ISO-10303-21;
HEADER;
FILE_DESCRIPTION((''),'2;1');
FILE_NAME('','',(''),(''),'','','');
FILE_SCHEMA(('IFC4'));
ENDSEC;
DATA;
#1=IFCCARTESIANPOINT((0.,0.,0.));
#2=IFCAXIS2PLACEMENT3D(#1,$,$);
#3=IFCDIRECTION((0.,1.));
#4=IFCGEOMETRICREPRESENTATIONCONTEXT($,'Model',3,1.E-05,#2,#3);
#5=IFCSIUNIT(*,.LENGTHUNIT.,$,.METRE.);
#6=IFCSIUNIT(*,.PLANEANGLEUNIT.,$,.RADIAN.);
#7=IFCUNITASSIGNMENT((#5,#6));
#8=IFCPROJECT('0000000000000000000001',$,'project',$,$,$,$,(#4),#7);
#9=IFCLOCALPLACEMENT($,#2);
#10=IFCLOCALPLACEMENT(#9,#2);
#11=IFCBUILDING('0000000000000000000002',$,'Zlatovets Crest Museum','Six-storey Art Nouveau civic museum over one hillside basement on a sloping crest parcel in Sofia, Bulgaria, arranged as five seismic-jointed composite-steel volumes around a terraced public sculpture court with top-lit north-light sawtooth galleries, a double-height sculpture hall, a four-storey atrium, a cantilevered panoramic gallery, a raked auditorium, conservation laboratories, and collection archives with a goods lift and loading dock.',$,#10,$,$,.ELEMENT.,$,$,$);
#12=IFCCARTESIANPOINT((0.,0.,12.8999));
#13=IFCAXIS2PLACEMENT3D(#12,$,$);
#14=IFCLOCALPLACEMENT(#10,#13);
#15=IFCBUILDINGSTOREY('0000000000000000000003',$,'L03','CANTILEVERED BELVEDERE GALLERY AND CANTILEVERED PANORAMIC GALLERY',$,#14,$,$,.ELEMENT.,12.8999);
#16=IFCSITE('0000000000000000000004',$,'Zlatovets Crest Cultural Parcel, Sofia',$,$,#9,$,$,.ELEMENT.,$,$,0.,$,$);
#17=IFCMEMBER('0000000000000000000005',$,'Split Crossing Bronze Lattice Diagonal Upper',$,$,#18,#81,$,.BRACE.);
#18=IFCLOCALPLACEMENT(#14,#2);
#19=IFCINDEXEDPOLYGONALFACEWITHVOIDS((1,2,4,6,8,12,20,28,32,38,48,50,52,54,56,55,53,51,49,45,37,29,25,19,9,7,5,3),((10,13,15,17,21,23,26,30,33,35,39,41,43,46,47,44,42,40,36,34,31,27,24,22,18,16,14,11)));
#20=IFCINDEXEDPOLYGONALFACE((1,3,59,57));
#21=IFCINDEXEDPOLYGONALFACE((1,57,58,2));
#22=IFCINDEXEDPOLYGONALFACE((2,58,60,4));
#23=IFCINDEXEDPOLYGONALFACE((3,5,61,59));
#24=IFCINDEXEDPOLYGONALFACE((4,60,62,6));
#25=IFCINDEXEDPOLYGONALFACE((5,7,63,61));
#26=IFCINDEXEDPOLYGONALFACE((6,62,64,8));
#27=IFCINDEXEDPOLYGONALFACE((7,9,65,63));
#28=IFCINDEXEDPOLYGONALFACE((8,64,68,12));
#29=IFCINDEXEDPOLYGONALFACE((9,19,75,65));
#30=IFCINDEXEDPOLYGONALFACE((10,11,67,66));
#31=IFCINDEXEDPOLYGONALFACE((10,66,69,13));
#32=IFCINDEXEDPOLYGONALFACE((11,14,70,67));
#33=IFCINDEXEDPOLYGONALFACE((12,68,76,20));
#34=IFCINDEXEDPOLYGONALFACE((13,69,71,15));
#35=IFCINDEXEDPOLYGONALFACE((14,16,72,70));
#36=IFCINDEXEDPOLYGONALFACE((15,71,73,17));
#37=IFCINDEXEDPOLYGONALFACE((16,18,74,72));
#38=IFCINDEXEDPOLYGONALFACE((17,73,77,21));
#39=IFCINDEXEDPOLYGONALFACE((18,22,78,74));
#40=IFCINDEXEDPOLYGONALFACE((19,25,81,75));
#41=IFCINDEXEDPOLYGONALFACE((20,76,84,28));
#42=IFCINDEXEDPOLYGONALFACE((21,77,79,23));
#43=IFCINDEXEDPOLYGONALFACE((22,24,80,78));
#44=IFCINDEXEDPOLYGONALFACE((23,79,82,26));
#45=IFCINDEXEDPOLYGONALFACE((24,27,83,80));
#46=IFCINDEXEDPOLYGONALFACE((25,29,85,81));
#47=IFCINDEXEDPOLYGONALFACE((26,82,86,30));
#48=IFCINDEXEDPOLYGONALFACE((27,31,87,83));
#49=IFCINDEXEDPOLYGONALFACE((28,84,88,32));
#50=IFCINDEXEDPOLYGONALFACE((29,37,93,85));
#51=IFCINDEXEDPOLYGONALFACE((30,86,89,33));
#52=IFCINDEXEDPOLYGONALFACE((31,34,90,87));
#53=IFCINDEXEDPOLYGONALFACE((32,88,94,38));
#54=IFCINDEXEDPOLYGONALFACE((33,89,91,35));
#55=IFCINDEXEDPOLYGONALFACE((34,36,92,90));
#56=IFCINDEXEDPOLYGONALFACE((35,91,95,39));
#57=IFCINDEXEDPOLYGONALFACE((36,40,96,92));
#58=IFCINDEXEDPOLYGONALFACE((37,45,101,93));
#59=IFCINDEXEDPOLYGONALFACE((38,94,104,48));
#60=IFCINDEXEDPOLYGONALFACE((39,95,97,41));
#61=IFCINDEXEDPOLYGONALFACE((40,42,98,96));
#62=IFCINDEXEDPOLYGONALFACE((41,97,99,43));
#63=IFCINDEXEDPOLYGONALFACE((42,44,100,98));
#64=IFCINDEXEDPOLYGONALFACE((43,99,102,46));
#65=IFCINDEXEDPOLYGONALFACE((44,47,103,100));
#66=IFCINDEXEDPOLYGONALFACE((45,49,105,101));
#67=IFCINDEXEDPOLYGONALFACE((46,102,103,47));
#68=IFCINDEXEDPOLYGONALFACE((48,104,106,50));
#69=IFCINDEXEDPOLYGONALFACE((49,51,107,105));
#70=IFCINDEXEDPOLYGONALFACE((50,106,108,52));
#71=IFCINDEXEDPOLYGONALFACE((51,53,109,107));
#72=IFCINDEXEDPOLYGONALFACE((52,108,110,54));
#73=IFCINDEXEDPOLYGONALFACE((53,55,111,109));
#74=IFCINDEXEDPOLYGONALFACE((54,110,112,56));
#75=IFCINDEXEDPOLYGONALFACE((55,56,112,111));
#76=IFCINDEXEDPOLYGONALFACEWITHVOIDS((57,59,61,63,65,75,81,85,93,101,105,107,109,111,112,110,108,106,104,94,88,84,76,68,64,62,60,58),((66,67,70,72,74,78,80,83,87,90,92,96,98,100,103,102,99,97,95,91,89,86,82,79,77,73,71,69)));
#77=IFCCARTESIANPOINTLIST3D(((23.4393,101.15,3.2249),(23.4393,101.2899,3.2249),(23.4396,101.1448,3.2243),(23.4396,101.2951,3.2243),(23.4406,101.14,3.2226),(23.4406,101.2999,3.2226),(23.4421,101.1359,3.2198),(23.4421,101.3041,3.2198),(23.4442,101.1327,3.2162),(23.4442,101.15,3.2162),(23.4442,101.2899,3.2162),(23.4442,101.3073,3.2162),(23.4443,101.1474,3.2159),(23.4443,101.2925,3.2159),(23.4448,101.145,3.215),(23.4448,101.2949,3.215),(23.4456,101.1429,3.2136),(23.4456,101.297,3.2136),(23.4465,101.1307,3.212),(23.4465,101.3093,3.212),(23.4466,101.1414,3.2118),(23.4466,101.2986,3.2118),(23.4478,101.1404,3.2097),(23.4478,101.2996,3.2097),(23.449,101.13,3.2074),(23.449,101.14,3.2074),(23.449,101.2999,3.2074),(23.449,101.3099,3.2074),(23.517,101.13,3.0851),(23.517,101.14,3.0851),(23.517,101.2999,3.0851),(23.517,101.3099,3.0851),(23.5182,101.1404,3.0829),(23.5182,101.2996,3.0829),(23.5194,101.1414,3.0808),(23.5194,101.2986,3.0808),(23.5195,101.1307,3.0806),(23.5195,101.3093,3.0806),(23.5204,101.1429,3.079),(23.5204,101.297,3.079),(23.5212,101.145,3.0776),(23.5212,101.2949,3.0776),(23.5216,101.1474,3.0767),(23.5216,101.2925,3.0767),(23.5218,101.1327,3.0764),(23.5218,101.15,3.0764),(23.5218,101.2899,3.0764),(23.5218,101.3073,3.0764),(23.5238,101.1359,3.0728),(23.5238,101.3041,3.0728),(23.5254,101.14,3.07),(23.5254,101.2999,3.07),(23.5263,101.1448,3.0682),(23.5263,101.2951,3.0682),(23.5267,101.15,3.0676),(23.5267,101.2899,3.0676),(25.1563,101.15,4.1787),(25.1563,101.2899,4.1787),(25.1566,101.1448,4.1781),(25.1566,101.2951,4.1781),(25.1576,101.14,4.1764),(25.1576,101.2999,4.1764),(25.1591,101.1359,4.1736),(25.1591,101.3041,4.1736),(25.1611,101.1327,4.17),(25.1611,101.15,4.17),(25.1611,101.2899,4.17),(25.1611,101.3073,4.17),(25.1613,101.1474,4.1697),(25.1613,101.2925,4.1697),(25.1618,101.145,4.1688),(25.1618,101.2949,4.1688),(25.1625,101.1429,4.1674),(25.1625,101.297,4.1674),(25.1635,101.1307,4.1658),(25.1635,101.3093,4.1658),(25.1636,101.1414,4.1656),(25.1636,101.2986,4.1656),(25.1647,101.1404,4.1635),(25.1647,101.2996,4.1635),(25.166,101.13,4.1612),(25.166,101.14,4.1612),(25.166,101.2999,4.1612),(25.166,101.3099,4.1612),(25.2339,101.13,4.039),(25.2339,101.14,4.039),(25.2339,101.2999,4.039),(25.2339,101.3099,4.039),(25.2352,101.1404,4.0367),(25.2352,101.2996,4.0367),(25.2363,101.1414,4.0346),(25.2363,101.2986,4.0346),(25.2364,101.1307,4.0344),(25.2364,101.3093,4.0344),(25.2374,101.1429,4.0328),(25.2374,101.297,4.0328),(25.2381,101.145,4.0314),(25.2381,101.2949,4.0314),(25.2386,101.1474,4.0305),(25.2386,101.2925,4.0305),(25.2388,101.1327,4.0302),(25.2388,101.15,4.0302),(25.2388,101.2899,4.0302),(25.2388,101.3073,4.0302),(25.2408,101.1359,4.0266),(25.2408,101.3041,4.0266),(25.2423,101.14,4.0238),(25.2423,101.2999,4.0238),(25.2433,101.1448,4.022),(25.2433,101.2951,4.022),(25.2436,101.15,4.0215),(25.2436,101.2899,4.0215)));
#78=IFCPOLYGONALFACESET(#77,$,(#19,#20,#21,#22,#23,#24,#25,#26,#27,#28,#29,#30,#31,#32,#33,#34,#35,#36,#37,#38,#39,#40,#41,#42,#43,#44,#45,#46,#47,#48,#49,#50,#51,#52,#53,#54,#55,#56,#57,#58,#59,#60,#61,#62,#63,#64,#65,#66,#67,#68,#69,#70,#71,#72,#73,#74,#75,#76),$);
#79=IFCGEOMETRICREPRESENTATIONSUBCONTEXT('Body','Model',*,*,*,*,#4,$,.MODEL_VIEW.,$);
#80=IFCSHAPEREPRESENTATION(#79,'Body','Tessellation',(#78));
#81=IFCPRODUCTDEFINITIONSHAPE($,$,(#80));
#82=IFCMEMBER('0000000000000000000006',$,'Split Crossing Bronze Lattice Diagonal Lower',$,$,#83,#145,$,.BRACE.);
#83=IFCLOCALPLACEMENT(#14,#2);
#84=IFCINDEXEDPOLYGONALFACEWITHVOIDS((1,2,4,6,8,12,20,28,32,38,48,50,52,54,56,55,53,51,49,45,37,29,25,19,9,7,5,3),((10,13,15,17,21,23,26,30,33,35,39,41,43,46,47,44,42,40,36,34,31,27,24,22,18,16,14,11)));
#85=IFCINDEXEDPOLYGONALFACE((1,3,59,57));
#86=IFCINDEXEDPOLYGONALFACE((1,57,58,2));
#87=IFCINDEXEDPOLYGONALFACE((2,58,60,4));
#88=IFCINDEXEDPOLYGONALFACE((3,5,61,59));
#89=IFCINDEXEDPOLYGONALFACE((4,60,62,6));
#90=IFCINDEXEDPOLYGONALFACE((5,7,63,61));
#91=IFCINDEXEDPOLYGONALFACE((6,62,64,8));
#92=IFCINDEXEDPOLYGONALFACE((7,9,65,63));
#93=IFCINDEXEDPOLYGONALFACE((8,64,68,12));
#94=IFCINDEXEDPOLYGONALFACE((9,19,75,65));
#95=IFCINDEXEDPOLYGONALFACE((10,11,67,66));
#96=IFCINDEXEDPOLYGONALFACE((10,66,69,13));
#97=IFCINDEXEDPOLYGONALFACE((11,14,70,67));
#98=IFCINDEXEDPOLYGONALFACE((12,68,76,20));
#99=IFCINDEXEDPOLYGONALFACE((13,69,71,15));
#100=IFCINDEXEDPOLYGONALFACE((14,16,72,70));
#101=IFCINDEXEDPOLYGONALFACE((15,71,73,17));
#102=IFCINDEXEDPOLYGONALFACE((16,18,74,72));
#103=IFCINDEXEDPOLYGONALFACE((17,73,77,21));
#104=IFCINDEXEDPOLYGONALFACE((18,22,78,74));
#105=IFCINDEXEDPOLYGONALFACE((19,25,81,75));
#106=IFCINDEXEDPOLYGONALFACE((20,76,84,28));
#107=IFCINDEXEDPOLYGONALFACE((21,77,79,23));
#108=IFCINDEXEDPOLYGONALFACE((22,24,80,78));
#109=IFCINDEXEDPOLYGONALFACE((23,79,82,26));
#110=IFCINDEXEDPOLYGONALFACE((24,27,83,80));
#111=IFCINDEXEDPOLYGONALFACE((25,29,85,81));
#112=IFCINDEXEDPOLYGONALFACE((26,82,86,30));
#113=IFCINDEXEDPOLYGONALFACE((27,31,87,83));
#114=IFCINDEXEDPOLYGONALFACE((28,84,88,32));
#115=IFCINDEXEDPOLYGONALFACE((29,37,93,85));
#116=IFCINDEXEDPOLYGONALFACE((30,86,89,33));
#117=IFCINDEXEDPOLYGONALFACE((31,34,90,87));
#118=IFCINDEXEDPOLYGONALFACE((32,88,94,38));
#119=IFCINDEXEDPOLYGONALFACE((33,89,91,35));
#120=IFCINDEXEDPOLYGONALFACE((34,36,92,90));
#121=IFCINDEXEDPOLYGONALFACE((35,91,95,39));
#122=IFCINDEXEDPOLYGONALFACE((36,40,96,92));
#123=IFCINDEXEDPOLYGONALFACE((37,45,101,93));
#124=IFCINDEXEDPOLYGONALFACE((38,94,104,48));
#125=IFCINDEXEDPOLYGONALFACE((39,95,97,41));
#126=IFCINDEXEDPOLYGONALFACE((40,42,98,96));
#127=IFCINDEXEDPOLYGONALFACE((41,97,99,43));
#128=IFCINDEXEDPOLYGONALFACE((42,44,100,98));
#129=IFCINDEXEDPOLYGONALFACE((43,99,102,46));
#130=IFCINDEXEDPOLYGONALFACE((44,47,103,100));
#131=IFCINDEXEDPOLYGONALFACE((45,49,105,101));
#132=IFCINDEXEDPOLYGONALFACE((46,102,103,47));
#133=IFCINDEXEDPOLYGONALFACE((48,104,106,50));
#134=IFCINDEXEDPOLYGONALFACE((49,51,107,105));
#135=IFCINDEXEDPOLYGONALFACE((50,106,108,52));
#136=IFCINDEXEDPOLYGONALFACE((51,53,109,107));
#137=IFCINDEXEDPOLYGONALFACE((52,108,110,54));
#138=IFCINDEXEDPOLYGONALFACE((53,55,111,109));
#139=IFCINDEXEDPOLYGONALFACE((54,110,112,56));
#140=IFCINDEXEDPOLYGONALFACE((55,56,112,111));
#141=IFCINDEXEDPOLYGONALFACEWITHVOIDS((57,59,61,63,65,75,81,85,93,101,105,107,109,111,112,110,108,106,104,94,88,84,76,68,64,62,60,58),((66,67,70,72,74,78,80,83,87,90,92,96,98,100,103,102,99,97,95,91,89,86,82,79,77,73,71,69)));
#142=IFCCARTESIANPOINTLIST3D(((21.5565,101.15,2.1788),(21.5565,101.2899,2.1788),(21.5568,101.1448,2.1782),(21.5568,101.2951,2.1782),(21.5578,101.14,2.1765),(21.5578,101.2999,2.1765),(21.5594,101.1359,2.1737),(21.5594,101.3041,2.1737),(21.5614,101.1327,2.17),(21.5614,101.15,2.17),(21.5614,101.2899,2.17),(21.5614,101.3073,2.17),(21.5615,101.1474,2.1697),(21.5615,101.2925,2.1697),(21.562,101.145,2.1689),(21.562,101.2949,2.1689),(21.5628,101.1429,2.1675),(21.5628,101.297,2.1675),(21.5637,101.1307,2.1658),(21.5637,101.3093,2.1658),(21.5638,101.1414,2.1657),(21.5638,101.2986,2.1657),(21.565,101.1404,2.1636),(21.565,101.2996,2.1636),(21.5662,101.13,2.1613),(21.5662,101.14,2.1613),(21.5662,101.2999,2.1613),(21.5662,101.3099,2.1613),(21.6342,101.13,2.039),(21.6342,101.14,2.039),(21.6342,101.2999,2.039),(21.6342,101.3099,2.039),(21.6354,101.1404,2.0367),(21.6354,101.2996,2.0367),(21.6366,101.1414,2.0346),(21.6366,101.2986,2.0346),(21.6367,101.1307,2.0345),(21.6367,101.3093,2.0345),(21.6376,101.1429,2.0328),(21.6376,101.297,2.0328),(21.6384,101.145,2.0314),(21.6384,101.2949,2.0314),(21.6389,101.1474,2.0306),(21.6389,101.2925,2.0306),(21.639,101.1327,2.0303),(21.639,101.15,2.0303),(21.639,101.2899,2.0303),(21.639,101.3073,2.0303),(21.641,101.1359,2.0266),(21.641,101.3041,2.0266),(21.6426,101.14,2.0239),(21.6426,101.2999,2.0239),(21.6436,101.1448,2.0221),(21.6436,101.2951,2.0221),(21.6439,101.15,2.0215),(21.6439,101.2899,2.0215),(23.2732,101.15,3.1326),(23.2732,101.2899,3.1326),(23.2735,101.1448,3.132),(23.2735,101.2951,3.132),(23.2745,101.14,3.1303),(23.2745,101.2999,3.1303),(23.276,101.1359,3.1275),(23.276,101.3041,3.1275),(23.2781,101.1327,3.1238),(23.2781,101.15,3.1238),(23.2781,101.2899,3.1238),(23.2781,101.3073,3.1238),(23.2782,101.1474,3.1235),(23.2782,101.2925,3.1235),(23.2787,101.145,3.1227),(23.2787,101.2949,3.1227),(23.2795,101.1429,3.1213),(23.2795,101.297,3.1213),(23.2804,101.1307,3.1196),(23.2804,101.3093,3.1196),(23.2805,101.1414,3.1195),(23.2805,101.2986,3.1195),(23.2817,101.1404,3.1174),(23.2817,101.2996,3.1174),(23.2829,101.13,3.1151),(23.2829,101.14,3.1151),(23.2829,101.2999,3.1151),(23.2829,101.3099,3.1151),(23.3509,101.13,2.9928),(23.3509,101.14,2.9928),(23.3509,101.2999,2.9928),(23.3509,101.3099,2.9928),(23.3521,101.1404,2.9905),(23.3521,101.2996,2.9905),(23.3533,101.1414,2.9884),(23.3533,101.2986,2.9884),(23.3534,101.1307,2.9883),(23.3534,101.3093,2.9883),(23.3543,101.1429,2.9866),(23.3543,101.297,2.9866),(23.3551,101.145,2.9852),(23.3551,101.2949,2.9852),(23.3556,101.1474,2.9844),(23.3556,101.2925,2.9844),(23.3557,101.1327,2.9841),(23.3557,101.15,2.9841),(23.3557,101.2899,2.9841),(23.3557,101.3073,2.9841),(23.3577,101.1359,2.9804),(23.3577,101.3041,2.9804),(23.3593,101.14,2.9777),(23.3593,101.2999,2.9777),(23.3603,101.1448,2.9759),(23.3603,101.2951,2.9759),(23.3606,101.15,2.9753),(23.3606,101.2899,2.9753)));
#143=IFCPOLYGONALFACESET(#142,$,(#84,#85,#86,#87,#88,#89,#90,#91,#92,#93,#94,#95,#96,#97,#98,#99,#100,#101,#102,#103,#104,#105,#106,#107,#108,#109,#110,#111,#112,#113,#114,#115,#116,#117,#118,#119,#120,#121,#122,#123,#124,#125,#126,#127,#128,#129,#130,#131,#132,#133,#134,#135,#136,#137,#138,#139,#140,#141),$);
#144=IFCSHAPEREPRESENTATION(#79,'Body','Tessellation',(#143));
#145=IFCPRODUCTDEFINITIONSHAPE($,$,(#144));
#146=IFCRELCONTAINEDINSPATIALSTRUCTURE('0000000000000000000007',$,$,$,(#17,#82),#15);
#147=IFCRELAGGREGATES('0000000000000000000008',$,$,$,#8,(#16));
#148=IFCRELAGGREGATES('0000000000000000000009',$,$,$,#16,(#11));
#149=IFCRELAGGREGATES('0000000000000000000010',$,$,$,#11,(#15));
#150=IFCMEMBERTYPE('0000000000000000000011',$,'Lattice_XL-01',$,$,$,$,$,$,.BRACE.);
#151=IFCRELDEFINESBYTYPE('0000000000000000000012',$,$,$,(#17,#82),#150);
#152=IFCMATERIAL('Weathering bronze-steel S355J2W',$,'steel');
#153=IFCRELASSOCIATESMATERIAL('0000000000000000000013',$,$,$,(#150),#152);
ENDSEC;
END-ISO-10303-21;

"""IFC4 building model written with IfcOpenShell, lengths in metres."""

from ifc_helpers import new_model, si_unit, direction, frame, origin, origin_2d, place, context, subcontext, project, spatial, hollow_rectangle, extrude, material, material_profile, profile_set, type_object, element, save


model = new_model("IFC4")

# Units and contexts
model_context = context("Model", 3, precision=1e-05, world=origin(), true_north=direction((0.0, 1.0)))
body_context = subcontext(model_context, "Body", "Model", "MODEL_VIEW")
ifc_project = project(units=[si_unit("LENGTHUNIT", "METRE"), si_unit("PLANEANGLEUNIT", "RADIAN")], contexts=[model_context])

# Site, building, storey
site_placement = place(None, origin())
site = spatial("IfcSite", under=ifc_project, at=site_placement, Name="Zlatovets Crest Cultural Parcel, Sofia", CompositionType="ELEMENT", RefElevation=0.0)
building_placement = place(site_placement, origin())
building = spatial("IfcBuilding", under=site, at=building_placement, Name="Zlatovets Crest Museum", Description="Six-storey Art Nouveau civic museum over one hillside basement on a sloping crest parcel in Sofia, Bulgaria, arranged as five seismic-jointed composite-steel volumes around a terraced public sculpture court with top-lit north-light sawtooth galleries, a double-height sculpture hall, a four-storey atrium, a cantilevered panoramic gallery, a raked auditorium, conservation laboratories, and collection archives with a goods lift and loading dock.", CompositionType="ELEMENT")
storey_placement = place(building_placement, frame((0.0, 0.0, 12.8999)))
storey = spatial("IfcBuildingStorey", under=building, at=storey_placement, Name="L03", Description="CANTILEVERED BELVEDERE GALLERY AND CANTILEVERED PANORAMIC GALLERY", CompositionType="ELEMENT", Elevation=12.8999)

# Members
ifc_material_1 = material(Name="Weathering bronze-steel S355J2W", Category="steel")
ifc_material_profile_1 = material_profile(ifc_material_1, hollow_rectangle(XDim=0.1799, YDim=0.1799, WallThickness=0.01, InnerFilletRadius=0.01, OuterFilletRadius=0.02, at=origin_2d()), Name="SHS 180x180x10.0")
ifc_profile_set_1 = profile_set([ifc_material_profile_1], Name="Weathering bronze-steel S355J2W")
member_type_1 = type_object("IfcMemberType", Name="Lattice_XL-01", PredefinedType="BRACE", material=ifc_profile_set_1)
member_1_placement = place(storey_placement, frame((25.2, 101.22, 4.1001), z_axis=(-0.874169, 0.0, -0.485622), x_axis=(0.0, -1.0, 0.0)))
element("IfcMember", 1, at=member_1_placement, inside=storey, type_object=member_type_1, Name="Split Crossing Bronze Lattice Diagonal Upper", PredefinedType="BRACE", context=body_context, shape_type="SweptSolid", body=[
    extrude(hollow_rectangle(XDim=0.1799, YDim=0.1799, WallThickness=0.01, InnerFilletRadius=0.01, OuterFilletRadius=0.02, at=origin_2d()), origin(), (0.0, 0.0, 1.0), 1.9641),
])
member_2_placement = place(storey_placement, frame((23.3169, 101.22, 3.054), z_axis=(-0.87414, 0.0, -0.485675), x_axis=(0.0, -1.0, 0.0)))
element("IfcMember", 2, at=member_2_placement, inside=storey, type_object=member_type_1, Name="Split Crossing Bronze Lattice Diagonal Lower", PredefinedType="BRACE", context=body_context, shape_type="SweptSolid", body=[
    extrude(hollow_rectangle(XDim=0.1799, YDim=0.1799, WallThickness=0.01, InnerFilletRadius=0.01, OuterFilletRadius=0.02, at=origin_2d()), origin(), (0.0, 0.0, 1.0), 1.9639),
])

save(model, "model.ifc")
